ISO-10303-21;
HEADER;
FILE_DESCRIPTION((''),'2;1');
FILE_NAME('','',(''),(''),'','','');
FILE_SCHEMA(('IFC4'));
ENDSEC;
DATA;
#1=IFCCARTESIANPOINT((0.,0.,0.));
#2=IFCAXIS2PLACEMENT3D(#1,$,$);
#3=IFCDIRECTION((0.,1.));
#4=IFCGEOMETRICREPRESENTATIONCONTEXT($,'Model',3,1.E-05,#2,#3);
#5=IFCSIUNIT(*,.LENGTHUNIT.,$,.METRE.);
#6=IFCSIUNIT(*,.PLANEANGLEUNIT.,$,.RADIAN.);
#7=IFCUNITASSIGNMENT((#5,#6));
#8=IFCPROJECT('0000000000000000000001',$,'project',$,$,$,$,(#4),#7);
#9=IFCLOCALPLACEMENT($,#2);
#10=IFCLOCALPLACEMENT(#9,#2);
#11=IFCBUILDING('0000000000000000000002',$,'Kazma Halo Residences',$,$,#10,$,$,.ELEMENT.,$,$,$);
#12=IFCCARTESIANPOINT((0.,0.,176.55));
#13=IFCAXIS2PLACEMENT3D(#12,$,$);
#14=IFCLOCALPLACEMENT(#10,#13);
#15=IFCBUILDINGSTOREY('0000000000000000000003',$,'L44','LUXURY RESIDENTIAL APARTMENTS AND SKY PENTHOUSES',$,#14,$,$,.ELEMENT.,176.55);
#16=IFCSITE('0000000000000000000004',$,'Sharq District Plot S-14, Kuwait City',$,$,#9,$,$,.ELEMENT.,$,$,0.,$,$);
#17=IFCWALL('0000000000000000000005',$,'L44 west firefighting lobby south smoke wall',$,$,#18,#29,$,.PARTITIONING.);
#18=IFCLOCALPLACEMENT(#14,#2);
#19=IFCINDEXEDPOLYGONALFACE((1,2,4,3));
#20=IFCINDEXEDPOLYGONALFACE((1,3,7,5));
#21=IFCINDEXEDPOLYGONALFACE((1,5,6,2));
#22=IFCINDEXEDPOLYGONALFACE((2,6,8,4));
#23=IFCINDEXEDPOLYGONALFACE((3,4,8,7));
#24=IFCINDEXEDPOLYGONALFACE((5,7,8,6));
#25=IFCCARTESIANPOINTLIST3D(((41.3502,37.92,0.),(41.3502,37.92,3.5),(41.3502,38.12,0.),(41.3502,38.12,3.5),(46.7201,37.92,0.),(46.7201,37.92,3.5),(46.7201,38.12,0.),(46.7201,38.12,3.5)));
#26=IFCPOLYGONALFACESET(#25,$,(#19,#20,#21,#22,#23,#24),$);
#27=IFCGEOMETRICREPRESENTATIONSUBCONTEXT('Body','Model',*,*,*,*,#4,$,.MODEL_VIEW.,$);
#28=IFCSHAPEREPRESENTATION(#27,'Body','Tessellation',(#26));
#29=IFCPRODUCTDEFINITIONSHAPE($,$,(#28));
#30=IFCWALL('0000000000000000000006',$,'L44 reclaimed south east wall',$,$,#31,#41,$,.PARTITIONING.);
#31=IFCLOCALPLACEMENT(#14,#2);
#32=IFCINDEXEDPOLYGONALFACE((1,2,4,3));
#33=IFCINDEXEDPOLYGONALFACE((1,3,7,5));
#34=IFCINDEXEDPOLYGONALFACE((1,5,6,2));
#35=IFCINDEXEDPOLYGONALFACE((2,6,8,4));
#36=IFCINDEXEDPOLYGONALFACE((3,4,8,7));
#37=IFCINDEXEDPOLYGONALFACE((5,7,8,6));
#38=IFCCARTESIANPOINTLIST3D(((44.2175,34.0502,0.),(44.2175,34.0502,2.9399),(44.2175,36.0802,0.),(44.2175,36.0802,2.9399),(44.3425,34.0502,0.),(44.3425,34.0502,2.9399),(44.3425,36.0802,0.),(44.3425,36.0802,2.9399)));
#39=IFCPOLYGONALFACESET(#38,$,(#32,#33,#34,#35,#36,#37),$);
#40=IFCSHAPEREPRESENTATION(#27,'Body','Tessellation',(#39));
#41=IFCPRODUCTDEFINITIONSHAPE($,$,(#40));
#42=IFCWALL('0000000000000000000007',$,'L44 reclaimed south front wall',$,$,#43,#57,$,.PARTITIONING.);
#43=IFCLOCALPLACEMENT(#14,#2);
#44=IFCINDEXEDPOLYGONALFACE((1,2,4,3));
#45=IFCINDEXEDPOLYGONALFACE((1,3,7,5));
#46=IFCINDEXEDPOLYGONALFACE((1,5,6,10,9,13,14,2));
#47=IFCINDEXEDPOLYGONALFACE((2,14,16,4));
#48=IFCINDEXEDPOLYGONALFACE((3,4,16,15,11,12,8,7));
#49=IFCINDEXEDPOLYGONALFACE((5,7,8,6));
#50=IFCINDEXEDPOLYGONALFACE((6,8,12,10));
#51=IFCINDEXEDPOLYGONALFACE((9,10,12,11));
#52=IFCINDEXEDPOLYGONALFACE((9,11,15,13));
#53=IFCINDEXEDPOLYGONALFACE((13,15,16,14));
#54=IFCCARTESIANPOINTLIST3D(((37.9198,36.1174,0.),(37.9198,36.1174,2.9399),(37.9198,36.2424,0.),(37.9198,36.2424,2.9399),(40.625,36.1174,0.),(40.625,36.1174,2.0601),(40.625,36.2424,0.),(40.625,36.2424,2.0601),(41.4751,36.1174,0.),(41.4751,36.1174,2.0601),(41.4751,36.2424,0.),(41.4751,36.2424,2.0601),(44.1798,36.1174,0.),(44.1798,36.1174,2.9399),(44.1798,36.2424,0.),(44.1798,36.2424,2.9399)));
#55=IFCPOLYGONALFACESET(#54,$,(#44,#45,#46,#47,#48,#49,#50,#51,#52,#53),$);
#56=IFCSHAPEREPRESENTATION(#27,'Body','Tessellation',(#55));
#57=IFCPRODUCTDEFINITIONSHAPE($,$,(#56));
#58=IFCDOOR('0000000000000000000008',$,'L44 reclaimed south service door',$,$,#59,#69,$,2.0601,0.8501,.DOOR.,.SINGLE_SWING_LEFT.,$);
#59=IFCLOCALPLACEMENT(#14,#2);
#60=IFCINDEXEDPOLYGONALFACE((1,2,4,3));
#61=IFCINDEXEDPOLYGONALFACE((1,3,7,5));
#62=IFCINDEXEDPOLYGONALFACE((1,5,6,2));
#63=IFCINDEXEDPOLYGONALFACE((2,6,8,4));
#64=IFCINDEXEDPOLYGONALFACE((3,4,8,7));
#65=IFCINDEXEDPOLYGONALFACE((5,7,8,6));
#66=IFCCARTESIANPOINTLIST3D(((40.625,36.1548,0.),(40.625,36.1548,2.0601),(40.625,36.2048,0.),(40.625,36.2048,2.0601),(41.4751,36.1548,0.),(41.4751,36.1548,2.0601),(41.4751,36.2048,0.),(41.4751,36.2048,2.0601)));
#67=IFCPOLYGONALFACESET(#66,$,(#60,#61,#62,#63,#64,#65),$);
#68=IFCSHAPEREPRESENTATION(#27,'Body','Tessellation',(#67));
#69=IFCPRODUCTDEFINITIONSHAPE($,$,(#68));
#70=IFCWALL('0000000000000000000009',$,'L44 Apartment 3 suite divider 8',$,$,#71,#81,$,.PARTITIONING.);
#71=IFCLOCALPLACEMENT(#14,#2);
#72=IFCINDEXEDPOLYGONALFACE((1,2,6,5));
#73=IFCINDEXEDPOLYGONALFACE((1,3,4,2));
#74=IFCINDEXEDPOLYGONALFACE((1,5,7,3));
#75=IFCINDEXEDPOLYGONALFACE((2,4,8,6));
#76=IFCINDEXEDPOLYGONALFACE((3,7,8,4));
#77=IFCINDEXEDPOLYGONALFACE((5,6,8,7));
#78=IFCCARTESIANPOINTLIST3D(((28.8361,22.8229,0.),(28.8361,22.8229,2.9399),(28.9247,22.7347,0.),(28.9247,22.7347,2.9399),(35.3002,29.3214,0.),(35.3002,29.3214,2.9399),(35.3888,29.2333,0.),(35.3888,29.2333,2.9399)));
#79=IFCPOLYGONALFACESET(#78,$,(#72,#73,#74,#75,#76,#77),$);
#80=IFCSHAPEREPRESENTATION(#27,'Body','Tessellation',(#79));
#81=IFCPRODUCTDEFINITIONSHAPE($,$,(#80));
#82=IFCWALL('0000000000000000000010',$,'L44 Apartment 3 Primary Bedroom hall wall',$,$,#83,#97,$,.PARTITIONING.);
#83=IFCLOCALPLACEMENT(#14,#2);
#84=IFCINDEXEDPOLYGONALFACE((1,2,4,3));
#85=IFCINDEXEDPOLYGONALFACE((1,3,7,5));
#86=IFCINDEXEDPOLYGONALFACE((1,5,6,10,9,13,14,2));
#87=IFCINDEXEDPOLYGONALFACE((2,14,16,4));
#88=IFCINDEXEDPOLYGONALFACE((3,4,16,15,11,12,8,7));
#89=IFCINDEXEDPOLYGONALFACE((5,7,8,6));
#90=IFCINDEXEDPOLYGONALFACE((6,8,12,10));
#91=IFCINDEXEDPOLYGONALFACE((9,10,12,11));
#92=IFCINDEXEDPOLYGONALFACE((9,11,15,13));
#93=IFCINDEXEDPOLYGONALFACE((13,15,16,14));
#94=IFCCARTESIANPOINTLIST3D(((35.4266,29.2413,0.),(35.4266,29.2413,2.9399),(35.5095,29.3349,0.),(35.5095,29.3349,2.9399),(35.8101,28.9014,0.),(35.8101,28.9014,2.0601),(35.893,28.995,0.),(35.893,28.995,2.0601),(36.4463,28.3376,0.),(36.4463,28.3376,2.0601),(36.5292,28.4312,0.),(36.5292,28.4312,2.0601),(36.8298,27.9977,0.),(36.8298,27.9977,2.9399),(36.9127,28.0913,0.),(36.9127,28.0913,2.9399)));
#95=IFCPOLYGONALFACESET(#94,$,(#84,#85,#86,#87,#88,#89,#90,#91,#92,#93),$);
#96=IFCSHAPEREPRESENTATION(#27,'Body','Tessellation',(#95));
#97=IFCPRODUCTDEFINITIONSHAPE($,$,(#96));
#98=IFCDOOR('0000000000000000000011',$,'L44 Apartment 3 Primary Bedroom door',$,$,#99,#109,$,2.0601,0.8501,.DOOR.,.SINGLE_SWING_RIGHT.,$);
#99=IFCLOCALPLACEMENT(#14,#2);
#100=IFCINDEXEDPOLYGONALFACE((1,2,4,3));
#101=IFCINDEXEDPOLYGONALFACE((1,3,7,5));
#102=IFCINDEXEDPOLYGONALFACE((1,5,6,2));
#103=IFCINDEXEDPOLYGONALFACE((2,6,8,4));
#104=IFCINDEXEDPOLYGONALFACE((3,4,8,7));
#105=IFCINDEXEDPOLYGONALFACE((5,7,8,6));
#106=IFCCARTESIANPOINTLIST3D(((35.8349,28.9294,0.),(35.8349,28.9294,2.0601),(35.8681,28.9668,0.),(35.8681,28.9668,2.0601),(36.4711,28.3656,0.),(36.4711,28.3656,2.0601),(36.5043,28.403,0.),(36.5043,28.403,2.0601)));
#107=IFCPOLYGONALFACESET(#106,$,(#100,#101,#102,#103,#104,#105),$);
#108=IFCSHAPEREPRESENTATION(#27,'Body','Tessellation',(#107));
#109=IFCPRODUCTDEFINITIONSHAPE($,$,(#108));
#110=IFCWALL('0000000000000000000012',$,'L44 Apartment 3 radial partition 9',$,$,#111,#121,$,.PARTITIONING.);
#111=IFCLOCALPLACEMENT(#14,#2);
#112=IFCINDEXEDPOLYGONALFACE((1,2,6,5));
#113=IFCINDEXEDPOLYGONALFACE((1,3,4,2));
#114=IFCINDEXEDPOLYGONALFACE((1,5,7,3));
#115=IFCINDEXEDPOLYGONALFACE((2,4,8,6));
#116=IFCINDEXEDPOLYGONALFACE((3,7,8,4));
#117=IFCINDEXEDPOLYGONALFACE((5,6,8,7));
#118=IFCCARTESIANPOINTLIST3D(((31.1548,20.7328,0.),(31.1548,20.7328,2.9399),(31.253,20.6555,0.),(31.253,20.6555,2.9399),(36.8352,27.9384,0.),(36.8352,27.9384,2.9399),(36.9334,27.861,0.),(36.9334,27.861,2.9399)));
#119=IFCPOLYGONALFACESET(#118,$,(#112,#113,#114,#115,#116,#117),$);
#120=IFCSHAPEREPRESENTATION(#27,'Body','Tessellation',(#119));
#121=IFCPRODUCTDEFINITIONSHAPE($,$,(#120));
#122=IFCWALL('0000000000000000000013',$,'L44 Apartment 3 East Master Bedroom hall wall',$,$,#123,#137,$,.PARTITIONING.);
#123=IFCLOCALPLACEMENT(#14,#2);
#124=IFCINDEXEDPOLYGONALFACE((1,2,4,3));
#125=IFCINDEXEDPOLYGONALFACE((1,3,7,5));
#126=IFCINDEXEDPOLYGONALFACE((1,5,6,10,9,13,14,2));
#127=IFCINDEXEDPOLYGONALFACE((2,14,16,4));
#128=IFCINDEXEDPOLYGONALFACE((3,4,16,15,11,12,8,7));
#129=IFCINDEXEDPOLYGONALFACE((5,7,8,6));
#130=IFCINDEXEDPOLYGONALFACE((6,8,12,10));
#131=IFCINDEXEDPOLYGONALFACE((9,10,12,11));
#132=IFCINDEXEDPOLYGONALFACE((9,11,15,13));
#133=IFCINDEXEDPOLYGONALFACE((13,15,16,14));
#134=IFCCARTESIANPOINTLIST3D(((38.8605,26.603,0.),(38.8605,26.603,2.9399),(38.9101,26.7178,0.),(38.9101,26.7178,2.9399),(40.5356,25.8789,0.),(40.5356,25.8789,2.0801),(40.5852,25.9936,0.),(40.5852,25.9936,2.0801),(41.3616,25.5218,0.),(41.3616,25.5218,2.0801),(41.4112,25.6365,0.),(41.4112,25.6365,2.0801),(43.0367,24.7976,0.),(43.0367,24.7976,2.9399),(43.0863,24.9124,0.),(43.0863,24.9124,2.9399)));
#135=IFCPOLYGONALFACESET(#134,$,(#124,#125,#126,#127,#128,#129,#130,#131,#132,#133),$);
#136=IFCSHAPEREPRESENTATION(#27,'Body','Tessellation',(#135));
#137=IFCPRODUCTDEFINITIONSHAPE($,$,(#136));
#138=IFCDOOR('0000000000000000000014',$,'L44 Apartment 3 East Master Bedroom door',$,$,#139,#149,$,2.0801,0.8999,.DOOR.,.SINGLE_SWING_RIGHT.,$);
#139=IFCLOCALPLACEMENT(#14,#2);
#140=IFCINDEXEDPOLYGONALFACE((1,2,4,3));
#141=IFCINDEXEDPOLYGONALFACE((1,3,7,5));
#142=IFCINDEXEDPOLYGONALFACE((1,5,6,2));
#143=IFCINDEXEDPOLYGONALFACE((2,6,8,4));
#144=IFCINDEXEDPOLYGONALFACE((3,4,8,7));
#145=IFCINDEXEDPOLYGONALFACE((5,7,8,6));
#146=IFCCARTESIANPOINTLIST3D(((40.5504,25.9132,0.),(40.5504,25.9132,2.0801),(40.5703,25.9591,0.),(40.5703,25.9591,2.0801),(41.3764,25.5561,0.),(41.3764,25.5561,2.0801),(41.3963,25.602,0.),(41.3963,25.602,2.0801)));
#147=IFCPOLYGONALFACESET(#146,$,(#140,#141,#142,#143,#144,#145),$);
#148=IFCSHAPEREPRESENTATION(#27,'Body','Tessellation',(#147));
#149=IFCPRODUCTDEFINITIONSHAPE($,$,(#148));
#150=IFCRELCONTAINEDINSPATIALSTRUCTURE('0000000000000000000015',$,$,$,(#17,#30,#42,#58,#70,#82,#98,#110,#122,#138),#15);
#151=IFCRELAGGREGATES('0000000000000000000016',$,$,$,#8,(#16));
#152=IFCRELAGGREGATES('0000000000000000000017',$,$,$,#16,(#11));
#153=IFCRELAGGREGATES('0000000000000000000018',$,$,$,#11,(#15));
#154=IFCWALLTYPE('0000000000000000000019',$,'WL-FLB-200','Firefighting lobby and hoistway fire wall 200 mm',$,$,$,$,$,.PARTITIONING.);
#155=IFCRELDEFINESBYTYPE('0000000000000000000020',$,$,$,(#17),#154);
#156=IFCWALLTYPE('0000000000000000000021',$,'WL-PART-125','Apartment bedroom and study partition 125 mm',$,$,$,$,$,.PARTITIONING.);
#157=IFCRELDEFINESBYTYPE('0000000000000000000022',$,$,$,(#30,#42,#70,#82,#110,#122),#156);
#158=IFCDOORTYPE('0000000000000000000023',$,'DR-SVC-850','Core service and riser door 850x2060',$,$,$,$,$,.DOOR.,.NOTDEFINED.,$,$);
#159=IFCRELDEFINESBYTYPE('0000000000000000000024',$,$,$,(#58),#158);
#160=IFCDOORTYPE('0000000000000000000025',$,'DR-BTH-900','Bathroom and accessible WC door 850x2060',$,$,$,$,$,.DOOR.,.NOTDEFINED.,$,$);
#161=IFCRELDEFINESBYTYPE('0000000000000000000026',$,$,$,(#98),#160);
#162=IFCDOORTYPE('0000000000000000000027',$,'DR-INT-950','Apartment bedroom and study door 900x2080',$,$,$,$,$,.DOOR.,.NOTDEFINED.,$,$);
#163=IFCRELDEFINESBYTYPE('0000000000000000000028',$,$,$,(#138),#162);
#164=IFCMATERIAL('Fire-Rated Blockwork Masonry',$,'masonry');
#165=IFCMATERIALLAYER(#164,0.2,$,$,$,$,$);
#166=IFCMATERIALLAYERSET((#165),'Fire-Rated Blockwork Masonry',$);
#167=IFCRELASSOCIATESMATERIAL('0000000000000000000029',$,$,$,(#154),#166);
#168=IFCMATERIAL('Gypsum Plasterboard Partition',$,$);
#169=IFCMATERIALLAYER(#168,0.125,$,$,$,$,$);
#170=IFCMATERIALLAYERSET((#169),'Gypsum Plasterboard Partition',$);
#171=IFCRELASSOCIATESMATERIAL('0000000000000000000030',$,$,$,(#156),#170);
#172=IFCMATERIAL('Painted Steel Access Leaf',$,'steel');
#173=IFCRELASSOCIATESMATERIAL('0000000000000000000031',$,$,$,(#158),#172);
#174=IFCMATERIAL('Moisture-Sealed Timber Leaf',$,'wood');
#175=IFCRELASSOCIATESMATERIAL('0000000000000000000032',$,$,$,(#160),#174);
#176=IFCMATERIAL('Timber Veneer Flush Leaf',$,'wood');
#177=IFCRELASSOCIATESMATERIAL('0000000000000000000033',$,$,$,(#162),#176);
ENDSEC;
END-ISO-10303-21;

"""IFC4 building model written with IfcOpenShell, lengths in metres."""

from ifc_helpers import new_model, si_unit, direction, frame, frame_2d, origin, place, context, subcontext, project, spatial, rectangle, extrude, material, layer, layer_set, type_object, element, fill, save


model = new_model("IFC4")

# Units and contexts
model_context = context("Model", 3, precision=1e-05, world=origin(), true_north=direction((0.0, 1.0)))
body_context = subcontext(model_context, "Body", "Model", "MODEL_VIEW")
ifc_project = project(units=[si_unit("LENGTHUNIT", "METRE"), si_unit("PLANEANGLEUNIT", "RADIAN")], contexts=[model_context])

# Site, building, storey
site_placement = place(None, origin())
site = spatial("IfcSite", under=ifc_project, at=site_placement, Name="Sharq District Plot S-14, Kuwait City", CompositionType="ELEMENT", RefElevation=0.0)
building_placement = place(site_placement, origin())
building = spatial("IfcBuilding", under=site, at=building_placement, Name="Kazma Halo Residences", CompositionType="ELEMENT")
storey_placement = place(building_placement, frame((0.0, 0.0, 176.55)))
storey = spatial("IfcBuildingStorey", under=building, at=storey_placement, Name="L44", Description="LUXURY RESIDENTIAL APARTMENTS AND SKY PENTHOUSES", CompositionType="ELEMENT", Elevation=176.55)

# Walls
ifc_material_1 = material(Name="Fire-Rated Blockwork Masonry", Category="masonry")
ifc_layer_1 = layer(ifc_material_1, 0.2)
ifc_layer_set_1 = layer_set([ifc_layer_1], Name="Fire-Rated Blockwork Masonry")
wall_type_1 = type_object("IfcWallType", Name="WL-FLB-200", Description="Firefighting lobby and hoistway fire wall 200 mm", PredefinedType="PARTITIONING", material=ifc_layer_set_1)
wall_1_placement = place(storey_placement, frame((41.3501, 38.02, 0.0), z_axis=(0.0, 0.0, 1.0), x_axis=(1.0, 0.0, 0.0)))
element("IfcWall", 1, at=wall_1_placement, inside=storey, type_object=wall_type_1, Name="L44 west firefighting lobby south smoke wall", PredefinedType="PARTITIONING", context=body_context, shape_type="SweptSolid", body=[
    extrude(rectangle(XDim=5.3699, YDim=0.2, at=frame_2d((2.6851, 0.0))), origin(), (0.0, 0.0, 1.0), 3.5),
])
ifc_material_2 = material(Name="Gypsum Plasterboard Partition")
ifc_layer_2 = layer(ifc_material_2, 0.125)
ifc_layer_set_2 = layer_set([ifc_layer_2], Name="Gypsum Plasterboard Partition")
wall_type_2 = type_object("IfcWallType", Name="WL-PART-125", Description="Apartment bedroom and study partition 125 mm", PredefinedType="PARTITIONING", material=ifc_layer_set_2)
wall_2_placement = place(storey_placement, frame((44.28, 34.05, 0.0), z_axis=(0.0, 0.0, 1.0), x_axis=(0.0, 1.0, 0.0)))
element("IfcWall", 2, at=wall_2_placement, inside=storey, type_object=wall_type_2, Name="L44 reclaimed south east wall", PredefinedType="PARTITIONING", context=body_context, shape_type="SweptSolid", body=[
    extrude(rectangle(XDim=2.03, YDim=0.125, at=frame_2d((1.0151, 0.0))), origin(), (0.0, 0.0, 1.0), 2.9399),
])

# Wall, opening, door
wall_3_placement = place(storey_placement, frame((37.9199, 36.1799, 0.0), z_axis=(0.0, 0.0, 1.0), x_axis=(1.0, 0.0, 0.0)))
wall_3 = element("IfcWall", 3, at=wall_3_placement, inside=storey, type_object=wall_type_2, Name="L44 reclaimed south front wall", PredefinedType="PARTITIONING", context=body_context, shape_type="SweptSolid", body=[
    extrude(rectangle(XDim=6.26, YDim=0.125, at=frame_2d((3.1299, 0.0))), origin(), (0.0, 0.0, 1.0), 2.9399),
])
opening_1_placement = place(wall_3_placement, frame((2.7051, 0.0, 0.0)))
opening_1 = element("IfcOpeningElement", 4, at=opening_1_placement, cuts=wall_3, PredefinedType="OPENING", context=body_context, shape_type="SweptSolid", body=[
    extrude(rectangle(XDim=0.8501, YDim=2.0601, at=frame_2d((0.425, 1.03))), frame((0.0, 0.0725, 0.0), z_axis=(0.0, -1.0, 0.0), x_axis=(1.0, 0.0, 0.0)), (0.0, 0.0, 1.0), 0.145),
])
ifc_material_3 = material(Name="Painted Steel Access Leaf", Category="steel")
door_type_1 = type_object("IfcDoorType", Name="DR-SVC-850", Description="Core service and riser door 850x2060", OperationType="NOTDEFINED", PredefinedType="DOOR", material=ifc_material_3)
door_1_placement = place(opening_1_placement, origin())
door_1 = element("IfcDoor", 5, at=door_1_placement, inside=storey, type_object=door_type_1, Name="L44 reclaimed south service door", OperationType="SINGLE_SWING_LEFT", OverallHeight=2.0601, OverallWidth=0.8501, PredefinedType="DOOR", context=body_context, shape_type="SweptSolid", body=[
    extrude(rectangle(XDim=0.8501, YDim=2.0601, at=frame_2d((0.425, 1.03))), frame((0.0, 0.0249, 0.0), z_axis=(0.0, -1.0, 0.0), x_axis=(1.0, 0.0, 0.0)), (0.0, 0.0, 1.0), 0.05),
])
fill(opening_1, door_1)

# Wall
wall_4_placement = place(storey_placement, frame((35.3445, 29.2773, 0.0), z_axis=(0.0, 0.0, 1.0), x_axis=(-0.705226, -0.708982, 0.0)))
element("IfcWall", 6, at=wall_4_placement, inside=storey, type_object=wall_type_2, Name="L44 Apartment 3 suite divider 8", PredefinedType="PARTITIONING", context=body_context, shape_type="SweptSolid", body=[
    extrude(rectangle(XDim=9.166, YDim=0.125, at=frame_2d((4.583, 0.0))), origin(), (0.0, 0.0, 1.0), 2.9399),
])

# Wall, opening, door
wall_5_placement = place(storey_placement, frame((35.468, 29.2881, 0.0), z_axis=(0.0, 0.0, 1.0), x_axis=(0.7484, -0.663248, 0.0)))
wall_5 = element("IfcWall", 7, at=wall_5_placement, inside=storey, type_object=wall_type_2, Name="L44 Apartment 3 Primary Bedroom hall wall", PredefinedType="PARTITIONING", context=body_context, shape_type="SweptSolid", body=[
    extrude(rectangle(XDim=1.875, YDim=0.125, at=frame_2d((0.9375, 0.0))), origin(), (0.0, 0.0, 1.0), 2.9399),
])
opening_2_placement = place(wall_5_placement, frame((0.5125, 0.0, 0.0)))
opening_2 = element("IfcOpeningElement", 8, at=opening_2_placement, cuts=wall_5, PredefinedType="OPENING", context=body_context, shape_type="SweptSolid", body=[
    extrude(rectangle(XDim=0.8501, YDim=2.0601, at=frame_2d((0.425, 1.03))), frame((0.0, 0.0725, 0.0), z_axis=(0.0, -1.0, 0.0), x_axis=(1.0, 0.0, 0.0)), (0.0, 0.0, 1.0), 0.145),
])
ifc_material_4 = material(Name="Moisture-Sealed Timber Leaf", Category="wood")
door_type_2 = type_object("IfcDoorType", Name="DR-BTH-900", Description="Bathroom and accessible WC door 850x2060", OperationType="NOTDEFINED", PredefinedType="DOOR", material=ifc_material_4)
door_2_placement = place(opening_2_placement, origin())
door_2 = element("IfcDoor", 9, at=door_2_placement, inside=storey, type_object=door_type_2, Name="L44 Apartment 3 Primary Bedroom door", OperationType="SINGLE_SWING_RIGHT", OverallHeight=2.0601, OverallWidth=0.8501, PredefinedType="DOOR", context=body_context, shape_type="SweptSolid", body=[
    extrude(rectangle(XDim=0.8501, YDim=2.0601, at=frame_2d((0.425, 1.03))), frame((0.0, 0.0249, 0.0), z_axis=(0.0, -1.0, 0.0), x_axis=(1.0, 0.0, 0.0)), (0.0, 0.0, 1.0), 0.05),
])
fill(opening_2, door_2)

# Wall
wall_6_placement = place(storey_placement, frame((36.8843, 27.8997, 0.0), z_axis=(0.0, 0.0, 1.0), x_axis=(-0.619095, -0.785316, 0.0)))
element("IfcWall", 10, at=wall_6_placement, inside=storey, type_object=wall_type_2, Name="L44 Apartment 3 radial partition 9", PredefinedType="PARTITIONING", context=body_context, shape_type="SweptSolid", body=[
    extrude(rectangle(XDim=9.1753, YDim=0.125, at=frame_2d((4.5876, 0.0))), origin(), (0.0, 0.0, 1.0), 2.9399),
])

# Wall, opening, door
wall_7_placement = place(storey_placement, frame((38.8853, 26.6604, 0.0), z_axis=(0.0, 0.0, 1.0), x_axis=(0.9179, -0.396812, 0.0)))
wall_7 = element("IfcWall", 11, at=wall_7_placement, inside=storey, type_object=wall_type_2, Name="L44 Apartment 3 East Master Bedroom hall wall", PredefinedType="PARTITIONING", context=body_context, shape_type="SweptSolid", body=[
    extrude(rectangle(XDim=4.5498, YDim=0.125, at=frame_2d((2.2749, 0.0))), origin(), (0.0, 0.0, 1.0), 2.9399),
])
opening_3_placement = place(wall_7_placement, frame((1.825, 0.0, 0.0)))
opening_3 = element("IfcOpeningElement", 12, at=opening_3_placement, cuts=wall_7, PredefinedType="OPENING", context=body_context, shape_type="SweptSolid", body=[
    extrude(rectangle(XDim=0.8999, YDim=2.0801, at=frame_2d((0.45, 1.04))), frame((0.0, 0.0725, 0.0), z_axis=(0.0, -1.0, 0.0), x_axis=(1.0, 0.0, 0.0)), (0.0, 0.0, 1.0), 0.145),
])
ifc_material_5 = material(Name="Timber Veneer Flush Leaf", Category="wood")
door_type_3 = type_object("IfcDoorType", Name="DR-INT-950", Description="Apartment bedroom and study door 900x2080", OperationType="NOTDEFINED", PredefinedType="DOOR", material=ifc_material_5)
door_3_placement = place(opening_3_placement, origin())
door_3 = element("IfcDoor", 13, at=door_3_placement, inside=storey, type_object=door_type_3, Name="L44 Apartment 3 East Master Bedroom door", OperationType="SINGLE_SWING_RIGHT", OverallHeight=2.0801, OverallWidth=0.8999, PredefinedType="DOOR", context=body_context, shape_type="SweptSolid", body=[
    extrude(rectangle(XDim=0.8999, YDim=2.0801, at=frame_2d((0.45, 1.04))), frame((0.0, 0.0249, 0.0), z_axis=(0.0, -1.0, 0.0), x_axis=(1.0, 0.0, 0.0)), (0.0, 0.0, 1.0), 0.05),
])
fill(opening_3, door_3)

save(model, "model.ifc")
